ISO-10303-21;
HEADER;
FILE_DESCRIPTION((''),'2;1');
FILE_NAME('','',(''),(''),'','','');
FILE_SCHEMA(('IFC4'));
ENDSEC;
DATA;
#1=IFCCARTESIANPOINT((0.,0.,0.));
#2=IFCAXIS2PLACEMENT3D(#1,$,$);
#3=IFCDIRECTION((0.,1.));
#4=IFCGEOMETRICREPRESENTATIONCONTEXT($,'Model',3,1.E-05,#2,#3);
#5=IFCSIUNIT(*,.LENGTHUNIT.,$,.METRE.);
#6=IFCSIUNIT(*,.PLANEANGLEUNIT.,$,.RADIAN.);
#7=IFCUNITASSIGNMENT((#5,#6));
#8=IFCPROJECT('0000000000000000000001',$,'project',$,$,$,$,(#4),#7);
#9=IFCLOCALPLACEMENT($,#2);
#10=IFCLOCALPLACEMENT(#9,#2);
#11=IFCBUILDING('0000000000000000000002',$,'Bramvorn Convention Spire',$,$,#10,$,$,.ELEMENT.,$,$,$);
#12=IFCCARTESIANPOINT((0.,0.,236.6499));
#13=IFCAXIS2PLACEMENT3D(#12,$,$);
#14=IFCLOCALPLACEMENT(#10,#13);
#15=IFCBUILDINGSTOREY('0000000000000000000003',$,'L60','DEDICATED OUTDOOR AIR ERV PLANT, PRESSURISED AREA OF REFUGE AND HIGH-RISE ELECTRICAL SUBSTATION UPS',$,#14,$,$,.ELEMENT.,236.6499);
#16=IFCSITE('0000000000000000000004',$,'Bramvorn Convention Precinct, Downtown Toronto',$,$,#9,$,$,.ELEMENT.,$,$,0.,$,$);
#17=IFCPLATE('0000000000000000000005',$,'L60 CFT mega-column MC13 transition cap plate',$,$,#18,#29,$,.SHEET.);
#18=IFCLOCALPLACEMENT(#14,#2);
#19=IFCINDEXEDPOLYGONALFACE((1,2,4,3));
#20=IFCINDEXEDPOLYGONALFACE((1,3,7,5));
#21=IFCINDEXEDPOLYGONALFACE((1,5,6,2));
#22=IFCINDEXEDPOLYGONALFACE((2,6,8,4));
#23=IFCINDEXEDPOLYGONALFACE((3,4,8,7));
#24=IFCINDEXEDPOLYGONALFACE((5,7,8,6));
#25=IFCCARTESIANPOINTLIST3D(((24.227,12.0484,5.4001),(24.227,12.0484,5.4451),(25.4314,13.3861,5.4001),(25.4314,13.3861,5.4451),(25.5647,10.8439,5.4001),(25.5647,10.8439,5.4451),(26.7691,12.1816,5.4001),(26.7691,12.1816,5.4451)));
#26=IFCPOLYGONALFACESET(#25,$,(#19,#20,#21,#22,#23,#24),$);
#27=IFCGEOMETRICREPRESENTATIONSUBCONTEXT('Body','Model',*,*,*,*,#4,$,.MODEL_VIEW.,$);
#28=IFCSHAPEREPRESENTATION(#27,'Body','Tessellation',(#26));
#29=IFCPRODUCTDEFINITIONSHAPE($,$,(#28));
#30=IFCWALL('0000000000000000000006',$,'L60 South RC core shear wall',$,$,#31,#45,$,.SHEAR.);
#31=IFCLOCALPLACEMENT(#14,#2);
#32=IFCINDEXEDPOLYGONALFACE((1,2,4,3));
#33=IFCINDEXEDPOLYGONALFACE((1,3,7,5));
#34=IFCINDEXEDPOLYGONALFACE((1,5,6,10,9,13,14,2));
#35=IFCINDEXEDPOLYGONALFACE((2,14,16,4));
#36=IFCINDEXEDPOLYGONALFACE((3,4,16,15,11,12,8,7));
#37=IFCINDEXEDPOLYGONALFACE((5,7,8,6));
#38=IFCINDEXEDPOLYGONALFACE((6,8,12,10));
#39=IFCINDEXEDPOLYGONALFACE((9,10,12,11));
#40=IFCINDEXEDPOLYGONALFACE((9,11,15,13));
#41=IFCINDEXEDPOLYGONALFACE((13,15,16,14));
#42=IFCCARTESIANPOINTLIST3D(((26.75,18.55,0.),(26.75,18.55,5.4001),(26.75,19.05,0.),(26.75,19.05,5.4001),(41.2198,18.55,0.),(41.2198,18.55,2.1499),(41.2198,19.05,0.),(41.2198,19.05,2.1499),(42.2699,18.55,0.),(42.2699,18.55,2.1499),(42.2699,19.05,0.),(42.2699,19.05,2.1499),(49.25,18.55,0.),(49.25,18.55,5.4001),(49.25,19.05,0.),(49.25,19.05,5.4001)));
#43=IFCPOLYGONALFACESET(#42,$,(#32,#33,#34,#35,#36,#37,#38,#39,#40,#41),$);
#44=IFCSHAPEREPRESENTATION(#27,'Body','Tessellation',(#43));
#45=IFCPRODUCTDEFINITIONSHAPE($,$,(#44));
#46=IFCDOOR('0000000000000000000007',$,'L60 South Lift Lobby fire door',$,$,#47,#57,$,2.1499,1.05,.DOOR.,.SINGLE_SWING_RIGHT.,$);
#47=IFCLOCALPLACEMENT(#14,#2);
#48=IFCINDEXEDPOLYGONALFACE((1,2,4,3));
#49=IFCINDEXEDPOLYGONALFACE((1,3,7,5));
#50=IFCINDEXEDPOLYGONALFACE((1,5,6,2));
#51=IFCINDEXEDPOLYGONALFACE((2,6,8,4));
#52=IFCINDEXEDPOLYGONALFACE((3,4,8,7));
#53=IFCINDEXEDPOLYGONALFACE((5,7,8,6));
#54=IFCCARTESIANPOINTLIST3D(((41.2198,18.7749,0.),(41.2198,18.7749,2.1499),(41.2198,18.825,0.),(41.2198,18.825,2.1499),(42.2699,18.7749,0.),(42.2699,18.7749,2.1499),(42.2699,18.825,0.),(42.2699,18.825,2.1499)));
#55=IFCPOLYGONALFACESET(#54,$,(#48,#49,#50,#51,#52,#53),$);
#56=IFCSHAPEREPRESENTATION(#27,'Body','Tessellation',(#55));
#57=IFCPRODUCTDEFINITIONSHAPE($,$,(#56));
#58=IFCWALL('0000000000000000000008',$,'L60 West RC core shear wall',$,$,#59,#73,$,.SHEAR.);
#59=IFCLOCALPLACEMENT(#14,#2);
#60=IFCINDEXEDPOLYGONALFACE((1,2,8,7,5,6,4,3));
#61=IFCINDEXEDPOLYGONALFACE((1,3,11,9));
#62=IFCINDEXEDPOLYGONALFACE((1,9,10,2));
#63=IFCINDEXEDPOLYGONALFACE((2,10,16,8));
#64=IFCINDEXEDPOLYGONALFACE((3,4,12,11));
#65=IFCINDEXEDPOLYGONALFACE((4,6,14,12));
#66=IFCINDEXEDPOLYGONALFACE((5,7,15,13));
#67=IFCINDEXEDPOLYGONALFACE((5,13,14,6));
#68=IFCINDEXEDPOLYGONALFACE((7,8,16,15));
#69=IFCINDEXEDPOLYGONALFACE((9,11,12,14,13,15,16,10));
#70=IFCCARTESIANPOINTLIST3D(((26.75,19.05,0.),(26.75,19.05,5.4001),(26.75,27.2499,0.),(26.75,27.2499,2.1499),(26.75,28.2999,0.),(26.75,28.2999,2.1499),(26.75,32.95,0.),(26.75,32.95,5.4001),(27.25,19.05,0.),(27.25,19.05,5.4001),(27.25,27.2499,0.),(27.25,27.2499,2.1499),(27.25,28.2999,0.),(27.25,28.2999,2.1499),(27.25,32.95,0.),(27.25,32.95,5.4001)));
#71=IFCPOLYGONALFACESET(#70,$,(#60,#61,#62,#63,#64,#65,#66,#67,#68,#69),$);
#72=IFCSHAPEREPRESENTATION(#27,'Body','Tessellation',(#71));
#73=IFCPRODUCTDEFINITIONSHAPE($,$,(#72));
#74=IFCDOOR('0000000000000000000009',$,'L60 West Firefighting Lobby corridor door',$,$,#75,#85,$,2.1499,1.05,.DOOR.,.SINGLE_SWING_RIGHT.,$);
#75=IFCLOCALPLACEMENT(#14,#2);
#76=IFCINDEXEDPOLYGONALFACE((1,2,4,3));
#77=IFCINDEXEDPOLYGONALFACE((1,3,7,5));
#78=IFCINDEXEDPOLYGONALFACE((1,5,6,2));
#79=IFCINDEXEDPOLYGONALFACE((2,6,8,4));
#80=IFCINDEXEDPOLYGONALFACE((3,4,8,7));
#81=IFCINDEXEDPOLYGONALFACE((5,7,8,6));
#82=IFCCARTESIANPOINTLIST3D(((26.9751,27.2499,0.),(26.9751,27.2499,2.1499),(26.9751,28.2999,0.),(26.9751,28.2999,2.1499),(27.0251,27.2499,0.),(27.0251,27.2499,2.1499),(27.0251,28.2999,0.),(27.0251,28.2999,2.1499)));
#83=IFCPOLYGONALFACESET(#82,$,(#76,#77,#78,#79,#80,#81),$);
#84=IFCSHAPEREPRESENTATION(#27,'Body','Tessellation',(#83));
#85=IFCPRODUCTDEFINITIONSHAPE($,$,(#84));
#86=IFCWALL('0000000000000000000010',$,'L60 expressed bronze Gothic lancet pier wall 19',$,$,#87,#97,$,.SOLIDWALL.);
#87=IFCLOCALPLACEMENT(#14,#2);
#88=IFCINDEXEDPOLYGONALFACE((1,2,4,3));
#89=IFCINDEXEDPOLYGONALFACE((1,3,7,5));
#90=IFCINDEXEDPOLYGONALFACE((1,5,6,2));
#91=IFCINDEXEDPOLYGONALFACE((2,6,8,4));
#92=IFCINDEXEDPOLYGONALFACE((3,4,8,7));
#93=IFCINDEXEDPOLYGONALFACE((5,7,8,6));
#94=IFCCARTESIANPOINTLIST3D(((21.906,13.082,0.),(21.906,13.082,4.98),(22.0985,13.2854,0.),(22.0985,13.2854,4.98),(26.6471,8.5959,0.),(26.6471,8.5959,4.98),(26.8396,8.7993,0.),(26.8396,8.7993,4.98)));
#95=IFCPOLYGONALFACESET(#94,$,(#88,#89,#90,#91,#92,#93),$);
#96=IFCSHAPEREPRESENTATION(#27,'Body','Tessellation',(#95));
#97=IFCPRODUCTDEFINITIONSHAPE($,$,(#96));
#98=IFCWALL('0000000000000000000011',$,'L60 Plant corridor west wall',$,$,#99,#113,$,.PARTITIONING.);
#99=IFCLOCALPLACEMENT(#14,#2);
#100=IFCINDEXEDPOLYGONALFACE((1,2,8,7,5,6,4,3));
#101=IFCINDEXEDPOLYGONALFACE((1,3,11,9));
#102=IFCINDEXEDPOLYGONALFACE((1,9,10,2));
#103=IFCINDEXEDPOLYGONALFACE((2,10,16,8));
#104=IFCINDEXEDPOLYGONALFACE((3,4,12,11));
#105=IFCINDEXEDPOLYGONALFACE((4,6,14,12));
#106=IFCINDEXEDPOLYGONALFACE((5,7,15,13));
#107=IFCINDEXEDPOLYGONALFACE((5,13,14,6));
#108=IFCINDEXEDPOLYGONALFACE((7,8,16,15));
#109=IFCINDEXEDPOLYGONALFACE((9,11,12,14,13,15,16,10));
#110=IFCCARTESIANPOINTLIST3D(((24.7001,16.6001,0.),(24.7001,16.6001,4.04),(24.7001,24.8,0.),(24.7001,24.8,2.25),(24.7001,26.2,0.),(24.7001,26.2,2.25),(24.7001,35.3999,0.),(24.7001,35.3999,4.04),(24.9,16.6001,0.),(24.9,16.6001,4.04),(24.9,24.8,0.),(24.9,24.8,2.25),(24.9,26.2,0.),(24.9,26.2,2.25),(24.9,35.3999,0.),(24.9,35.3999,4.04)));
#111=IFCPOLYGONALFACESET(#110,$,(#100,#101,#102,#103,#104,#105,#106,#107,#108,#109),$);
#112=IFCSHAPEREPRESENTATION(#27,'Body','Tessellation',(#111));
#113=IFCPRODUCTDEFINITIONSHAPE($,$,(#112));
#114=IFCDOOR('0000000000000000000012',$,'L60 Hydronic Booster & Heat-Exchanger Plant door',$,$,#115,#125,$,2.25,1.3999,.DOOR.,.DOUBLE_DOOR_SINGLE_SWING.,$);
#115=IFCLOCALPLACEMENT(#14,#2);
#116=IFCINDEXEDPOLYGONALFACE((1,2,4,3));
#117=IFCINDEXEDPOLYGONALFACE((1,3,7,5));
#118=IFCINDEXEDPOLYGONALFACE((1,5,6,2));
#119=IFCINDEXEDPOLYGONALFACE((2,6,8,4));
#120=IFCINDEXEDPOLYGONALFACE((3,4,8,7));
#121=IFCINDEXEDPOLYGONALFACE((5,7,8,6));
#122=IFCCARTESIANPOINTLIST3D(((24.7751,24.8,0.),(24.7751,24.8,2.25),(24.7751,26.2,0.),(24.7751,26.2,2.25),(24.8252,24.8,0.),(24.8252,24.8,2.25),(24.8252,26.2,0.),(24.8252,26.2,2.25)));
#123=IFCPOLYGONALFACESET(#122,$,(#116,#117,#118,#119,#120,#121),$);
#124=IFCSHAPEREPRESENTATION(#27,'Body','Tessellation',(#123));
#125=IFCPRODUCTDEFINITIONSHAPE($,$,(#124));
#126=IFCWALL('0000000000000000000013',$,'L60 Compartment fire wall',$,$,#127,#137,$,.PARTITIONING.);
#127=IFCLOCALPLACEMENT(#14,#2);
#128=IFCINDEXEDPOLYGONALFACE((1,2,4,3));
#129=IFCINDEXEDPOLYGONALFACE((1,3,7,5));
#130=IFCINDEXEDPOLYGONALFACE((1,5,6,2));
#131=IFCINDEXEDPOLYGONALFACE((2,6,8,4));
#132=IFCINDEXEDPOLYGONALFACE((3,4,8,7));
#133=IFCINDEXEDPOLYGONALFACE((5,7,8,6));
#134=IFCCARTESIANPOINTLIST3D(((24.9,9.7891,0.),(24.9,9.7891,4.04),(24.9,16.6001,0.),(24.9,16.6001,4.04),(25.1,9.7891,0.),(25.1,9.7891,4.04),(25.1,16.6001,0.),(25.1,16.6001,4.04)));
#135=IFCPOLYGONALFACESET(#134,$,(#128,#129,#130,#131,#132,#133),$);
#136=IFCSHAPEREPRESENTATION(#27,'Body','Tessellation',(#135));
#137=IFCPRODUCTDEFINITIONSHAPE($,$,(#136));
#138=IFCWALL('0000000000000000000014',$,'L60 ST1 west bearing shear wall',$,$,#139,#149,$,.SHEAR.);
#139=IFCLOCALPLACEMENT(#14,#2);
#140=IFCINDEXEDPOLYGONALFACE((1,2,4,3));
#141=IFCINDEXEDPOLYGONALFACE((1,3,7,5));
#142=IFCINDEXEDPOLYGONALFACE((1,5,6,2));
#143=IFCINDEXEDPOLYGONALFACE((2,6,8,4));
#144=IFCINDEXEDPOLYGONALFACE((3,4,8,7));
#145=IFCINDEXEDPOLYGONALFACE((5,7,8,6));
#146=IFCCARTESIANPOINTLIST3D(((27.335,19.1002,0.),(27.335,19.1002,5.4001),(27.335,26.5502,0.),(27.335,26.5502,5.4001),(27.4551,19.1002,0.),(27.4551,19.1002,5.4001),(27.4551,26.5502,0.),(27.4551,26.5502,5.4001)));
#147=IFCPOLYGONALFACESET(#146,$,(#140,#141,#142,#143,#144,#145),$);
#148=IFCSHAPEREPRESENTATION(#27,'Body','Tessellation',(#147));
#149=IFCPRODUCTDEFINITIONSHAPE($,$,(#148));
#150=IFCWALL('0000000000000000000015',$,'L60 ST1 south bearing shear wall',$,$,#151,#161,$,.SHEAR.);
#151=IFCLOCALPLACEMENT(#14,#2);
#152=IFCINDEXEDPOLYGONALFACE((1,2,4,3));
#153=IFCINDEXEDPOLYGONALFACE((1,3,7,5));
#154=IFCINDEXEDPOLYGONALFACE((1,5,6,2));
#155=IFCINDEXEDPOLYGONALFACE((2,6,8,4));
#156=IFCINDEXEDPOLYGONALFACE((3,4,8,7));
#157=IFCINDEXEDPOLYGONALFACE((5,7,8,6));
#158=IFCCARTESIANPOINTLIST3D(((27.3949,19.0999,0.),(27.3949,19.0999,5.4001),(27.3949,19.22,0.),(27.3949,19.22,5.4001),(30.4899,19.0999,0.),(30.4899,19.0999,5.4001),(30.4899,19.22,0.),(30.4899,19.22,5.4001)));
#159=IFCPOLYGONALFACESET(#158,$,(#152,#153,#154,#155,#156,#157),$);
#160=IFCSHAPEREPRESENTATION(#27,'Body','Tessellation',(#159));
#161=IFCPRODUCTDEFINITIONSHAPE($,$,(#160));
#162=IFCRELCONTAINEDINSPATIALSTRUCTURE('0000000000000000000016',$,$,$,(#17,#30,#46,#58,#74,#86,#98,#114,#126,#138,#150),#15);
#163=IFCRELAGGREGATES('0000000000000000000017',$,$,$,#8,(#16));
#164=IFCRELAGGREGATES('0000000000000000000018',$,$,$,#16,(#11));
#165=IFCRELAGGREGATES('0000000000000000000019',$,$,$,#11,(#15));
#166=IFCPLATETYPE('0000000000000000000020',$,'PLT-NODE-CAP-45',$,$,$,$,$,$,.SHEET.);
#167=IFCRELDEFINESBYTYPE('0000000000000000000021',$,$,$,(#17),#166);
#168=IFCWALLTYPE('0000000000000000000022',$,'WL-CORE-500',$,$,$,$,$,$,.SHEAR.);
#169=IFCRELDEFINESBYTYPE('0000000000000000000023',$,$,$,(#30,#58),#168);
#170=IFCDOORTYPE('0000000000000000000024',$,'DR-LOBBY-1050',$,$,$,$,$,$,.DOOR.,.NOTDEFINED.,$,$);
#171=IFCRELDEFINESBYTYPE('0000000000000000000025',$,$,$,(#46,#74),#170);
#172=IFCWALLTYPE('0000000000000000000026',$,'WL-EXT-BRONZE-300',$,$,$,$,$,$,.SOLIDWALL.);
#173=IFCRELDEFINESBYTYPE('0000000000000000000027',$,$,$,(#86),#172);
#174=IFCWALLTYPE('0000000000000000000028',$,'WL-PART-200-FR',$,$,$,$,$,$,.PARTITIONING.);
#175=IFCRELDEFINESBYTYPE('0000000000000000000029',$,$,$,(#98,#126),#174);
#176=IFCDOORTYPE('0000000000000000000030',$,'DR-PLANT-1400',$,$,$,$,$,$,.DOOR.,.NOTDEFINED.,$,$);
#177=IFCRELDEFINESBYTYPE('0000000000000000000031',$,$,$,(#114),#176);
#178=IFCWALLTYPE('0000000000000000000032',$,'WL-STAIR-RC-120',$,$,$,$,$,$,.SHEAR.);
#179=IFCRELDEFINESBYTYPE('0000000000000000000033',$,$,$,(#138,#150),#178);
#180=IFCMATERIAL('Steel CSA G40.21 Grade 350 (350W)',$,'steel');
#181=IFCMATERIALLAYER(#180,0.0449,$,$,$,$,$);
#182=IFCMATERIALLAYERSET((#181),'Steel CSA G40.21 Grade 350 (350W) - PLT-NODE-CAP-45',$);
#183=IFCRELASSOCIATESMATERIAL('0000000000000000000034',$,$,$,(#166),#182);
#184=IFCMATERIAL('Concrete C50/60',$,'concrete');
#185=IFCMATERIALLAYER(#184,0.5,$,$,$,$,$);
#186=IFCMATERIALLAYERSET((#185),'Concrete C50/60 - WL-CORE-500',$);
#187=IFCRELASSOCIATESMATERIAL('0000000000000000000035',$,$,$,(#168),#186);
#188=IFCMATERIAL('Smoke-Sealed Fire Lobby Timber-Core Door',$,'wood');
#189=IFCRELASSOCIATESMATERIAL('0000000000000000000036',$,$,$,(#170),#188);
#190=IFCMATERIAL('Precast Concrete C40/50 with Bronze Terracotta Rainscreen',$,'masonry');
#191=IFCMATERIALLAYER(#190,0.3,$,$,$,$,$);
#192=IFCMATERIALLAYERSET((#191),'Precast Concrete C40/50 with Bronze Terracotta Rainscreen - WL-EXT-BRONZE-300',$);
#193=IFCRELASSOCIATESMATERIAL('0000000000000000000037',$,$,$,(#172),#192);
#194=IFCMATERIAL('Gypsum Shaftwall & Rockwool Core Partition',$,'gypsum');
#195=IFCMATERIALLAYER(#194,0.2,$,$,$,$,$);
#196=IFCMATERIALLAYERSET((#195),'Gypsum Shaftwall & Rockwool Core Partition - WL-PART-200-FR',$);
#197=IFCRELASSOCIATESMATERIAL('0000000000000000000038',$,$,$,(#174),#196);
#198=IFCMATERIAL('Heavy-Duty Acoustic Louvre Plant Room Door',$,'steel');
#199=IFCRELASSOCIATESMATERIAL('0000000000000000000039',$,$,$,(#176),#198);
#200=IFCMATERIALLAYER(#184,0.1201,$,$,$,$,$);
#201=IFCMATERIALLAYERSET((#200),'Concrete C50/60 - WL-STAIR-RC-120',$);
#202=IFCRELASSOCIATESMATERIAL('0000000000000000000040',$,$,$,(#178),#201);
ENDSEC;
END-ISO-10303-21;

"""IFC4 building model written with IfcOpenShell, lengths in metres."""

from ifc_helpers import new_model, si_unit, direction, frame, frame_2d, origin, origin_2d, place, context, subcontext, project, spatial, rectangle, extrude, material, layer, layer_set, type_object, element, fill, save


model = new_model("IFC4")

# Units and contexts
model_context = context("Model", 3, precision=1e-05, world=origin(), true_north=direction((0.0, 1.0)))
body_context = subcontext(model_context, "Body", "Model", "MODEL_VIEW")
ifc_project = project(units=[si_unit("LENGTHUNIT", "METRE"), si_unit("PLANEANGLEUNIT", "RADIAN")], contexts=[model_context])

# Site, building, storey
site_placement = place(None, origin())
site = spatial("IfcSite", under=ifc_project, at=site_placement, Name="Bramvorn Convention Precinct, Downtown Toronto", CompositionType="ELEMENT", RefElevation=0.0)
building_placement = place(site_placement, origin())
building = spatial("IfcBuilding", under=site, at=building_placement, Name="Bramvorn Convention Spire", CompositionType="ELEMENT")
storey_placement = place(building_placement, frame((0.0, 0.0, 236.6499)))
storey = spatial("IfcBuildingStorey", under=building, at=storey_placement, Name="L60", Description="DEDICATED OUTDOOR AIR ERV PLANT, PRESSURISED AREA OF REFUGE AND HIGH-RISE ELECTRICAL SUBSTATION UPS", CompositionType="ELEMENT", Elevation=236.6499)

# Shared definitions
ifc_material_1 = material(Name="Steel CSA G40.21 Grade 350 (350W)", Category="steel")

# Plate
ifc_layer_1 = layer(ifc_material_1, 0.0449)
ifc_layer_set_1 = layer_set([ifc_layer_1], Name="Steel CSA G40.21 Grade 350 (350W) - PLT-NODE-CAP-45")
plate_type = type_object("IfcPlateType", Name="PLT-NODE-CAP-45", PredefinedType="SHEET", material=ifc_layer_set_1)
plate_placement = place(storey_placement, frame((25.498, 12.115, 5.4001), z_axis=(0.0, 0.0, 1.0), x_axis=(-0.66913, -0.743145, 0.0)))
element("IfcPlate", 1, at=plate_placement, inside=storey, type_object=plate_type, Name="L60 CFT mega-column MC13 transition cap plate", PredefinedType="SHEET", context=body_context, shape_type="SweptSolid", body=[
    extrude(rectangle(XDim=1.8, YDim=1.8, at=origin_2d()), origin(), (0.0, 0.0, 1.0), 0.0449),
])

# Walls, openings, doors
ifc_material_2 = material(Name="Concrete C50/60", Category="concrete")
ifc_layer_2 = layer(ifc_material_2, 0.5)
ifc_layer_set_2 = layer_set([ifc_layer_2], Name="Concrete C50/60 - WL-CORE-500")
wall_type_1 = type_object("IfcWallType", Name="WL-CORE-500", PredefinedType="SHEAR", material=ifc_layer_set_2)
wall_1_placement = place(storey_placement, frame((26.75, 18.8, 0.0), z_axis=(0.0, 0.0, 1.0), x_axis=(1.0, 0.0, 0.0)))
wall_1 = element("IfcWall", 2, at=wall_1_placement, inside=storey, type_object=wall_type_1, Name="L60 South RC core shear wall", PredefinedType="SHEAR", context=body_context, shape_type="SweptSolid", body=[
    extrude(rectangle(XDim=22.5, YDim=0.5, at=frame_2d((11.25, 0.0))), origin(), (0.0, 0.0, 1.0), 5.4001),
])
opening_1_placement = place(wall_1_placement, frame((14.47, 0.0, 0.0)))
opening_1 = element("IfcOpeningElement", 3, at=opening_1_placement, cuts=wall_1, PredefinedType="OPENING", context=body_context, shape_type="SweptSolid", body=[
    extrude(rectangle(XDim=1.05, YDim=2.1499, at=frame_2d((0.5249, 1.075))), frame((0.0, 0.26, 0.0), z_axis=(0.0, -1.0, 0.0), x_axis=(1.0, 0.0, 0.0)), (0.0, 0.0, 1.0), 0.52),
])
ifc_material_3 = material(Name="Smoke-Sealed Fire Lobby Timber-Core Door", Category="wood")
door_type_1 = type_object("IfcDoorType", Name="DR-LOBBY-1050", OperationType="NOTDEFINED", PredefinedType="DOOR", material=ifc_material_3)
door_1_placement = place(opening_1_placement, origin())
door_1 = element("IfcDoor", 4, at=door_1_placement, inside=storey, type_object=door_type_1, Name="L60 South Lift Lobby fire door", OperationType="SINGLE_SWING_RIGHT", OverallHeight=2.1499, OverallWidth=1.05, PredefinedType="DOOR", context=body_context, shape_type="SweptSolid", body=[
    extrude(rectangle(XDim=1.05, YDim=2.1499, at=frame_2d((0.5249, 1.075))), frame((0.0, 0.0249, 0.0), z_axis=(0.0, -1.0, 0.0), x_axis=(1.0, 0.0, 0.0)), (0.0, 0.0, 1.0), 0.05),
])
fill(opening_1, door_1)
wall_2_placement = place(storey_placement, frame((27.0, 19.05, 0.0), z_axis=(0.0, 0.0, 1.0), x_axis=(0.0, 1.0, 0.0)))
wall_2 = element("IfcWall", 5, at=wall_2_placement, inside=storey, type_object=wall_type_1, Name="L60 West RC core shear wall", PredefinedType="SHEAR", context=body_context, shape_type="SweptSolid", body=[
    extrude(rectangle(XDim=13.8999, YDim=0.5, at=frame_2d((6.95, 0.0))), origin(), (0.0, 0.0, 1.0), 5.4001),
])
opening_2_placement = place(wall_2_placement, frame((8.2, 0.0, 0.0)))
opening_2 = element("IfcOpeningElement", 6, at=opening_2_placement, cuts=wall_2, PredefinedType="OPENING", context=body_context, shape_type="SweptSolid", body=[
    extrude(rectangle(XDim=1.05, YDim=2.1499, at=frame_2d((0.5249, 1.075))), frame((0.0, 0.26, 0.0), z_axis=(0.0, -1.0, 0.0), x_axis=(1.0, 0.0, 0.0)), (0.0, 0.0, 1.0), 0.52),
])
door_2_placement = place(opening_2_placement, origin())
door_2 = element("IfcDoor", 7, at=door_2_placement, inside=storey, type_object=door_type_1, Name="L60 West Firefighting Lobby corridor door", OperationType="SINGLE_SWING_RIGHT", OverallHeight=2.1499, OverallWidth=1.05, PredefinedType="DOOR", context=body_context, shape_type="SweptSolid", body=[
    extrude(rectangle(XDim=1.05, YDim=2.1499, at=frame_2d((0.5249, 1.075))), frame((0.0, 0.0249, 0.0), z_axis=(0.0, -1.0, 0.0), x_axis=(1.0, 0.0, 0.0)), (0.0, 0.0, 1.0), 0.05),
])
fill(opening_2, door_2)

# Wall
ifc_material_4 = material(Name="Precast Concrete C40/50 with Bronze Terracotta Rainscreen", Category="masonry")
ifc_layer_3 = layer(ifc_material_4, 0.3)
ifc_layer_set_3 = layer_set([ifc_layer_3], Name="Precast Concrete C40/50 with Bronze Terracotta Rainscreen - WL-EXT-BRONZE-300")
wall_type_2 = type_object("IfcWallType", Name="WL-EXT-BRONZE-300", PredefinedType="SOLIDWALL", material=ifc_layer_set_3)
wall_3_placement = place(storey_placement, frame((26.7434, 8.6975, 0.0), z_axis=(0.0, 0.0, 1.0), x_axis=(-0.726362, 0.687312, 0.0)))
element("IfcWall", 8, at=wall_3_placement, inside=storey, type_object=wall_type_2, Name="L60 expressed bronze Gothic lancet pier wall 19", PredefinedType="SOLIDWALL", context=body_context, shape_type="SweptSolid", body=[
    extrude(rectangle(XDim=6.5271, YDim=0.28, at=frame_2d((3.2637, 0.0))), origin(), (0.0, 0.0, 1.0), 4.98),
])

# Wall, opening, door
ifc_material_5 = material(Name="Gypsum Shaftwall & Rockwool Core Partition", Category="gypsum")
ifc_layer_4 = layer(ifc_material_5, 0.2)
ifc_layer_set_4 = layer_set([ifc_layer_4], Name="Gypsum Shaftwall & Rockwool Core Partition - WL-PART-200-FR")
wall_type_3 = type_object("IfcWallType", Name="WL-PART-200-FR", PredefinedType="PARTITIONING", material=ifc_layer_set_4)
wall_4_placement = place(storey_placement, frame((24.8, 16.6001, 0.0), z_axis=(0.0, 0.0, 1.0), x_axis=(0.0, 1.0, 0.0)))
wall_4 = element("IfcWall", 9, at=wall_4_placement, inside=storey, type_object=wall_type_3, Name="L60 Plant corridor west wall", PredefinedType="PARTITIONING", context=body_context, shape_type="SweptSolid", body=[
    extrude(rectangle(XDim=18.7998, YDim=0.2, at=frame_2d((9.3999, 0.0))), origin(), (0.0, 0.0, 1.0), 4.04),
])
opening_3_placement = place(wall_4_placement, frame((8.2, 0.0, 0.0)))
opening_3 = element("IfcOpeningElement", 10, at=opening_3_placement, cuts=wall_4, PredefinedType="OPENING", context=body_context, shape_type="SweptSolid", body=[
    extrude(rectangle(XDim=1.3999, YDim=2.25, at=frame_2d((0.7, 1.125))), frame((0.0, 0.1099, 0.0), z_axis=(0.0, -1.0, 0.0), x_axis=(1.0, 0.0, 0.0)), (0.0, 0.0, 1.0), 0.22),
])
ifc_material_6 = material(Name="Heavy-Duty Acoustic Louvre Plant Room Door", Category="steel")
door_type_2 = type_object("IfcDoorType", Name="DR-PLANT-1400", OperationType="NOTDEFINED", PredefinedType="DOOR", material=ifc_material_6)
door_3_placement = place(opening_3_placement, origin())
door_3 = element("IfcDoor", 11, at=door_3_placement, inside=storey, type_object=door_type_2, Name="L60 Hydronic Booster & Heat-Exchanger Plant door", OperationType="DOUBLE_DOOR_SINGLE_SWING", OverallHeight=2.25, OverallWidth=1.3999, PredefinedType="DOOR", context=body_context, shape_type="SweptSolid", body=[
    extrude(rectangle(XDim=1.3999, YDim=2.25, at=frame_2d((0.7, 1.125))), frame((0.0, 0.0249, 0.0), z_axis=(0.0, -1.0, 0.0), x_axis=(1.0, 0.0, 0.0)), (0.0, 0.0, 1.0), 0.05),
])
fill(opening_3, door_3)

# Walls
wall_5_placement = place(storey_placement, frame((25.0, 9.7891, 0.0), z_axis=(0.0, 0.0, 1.0), x_axis=(0.0, 1.0, 0.0)))
element("IfcWall", 12, at=wall_5_placement, inside=storey, type_object=wall_type_3, Name="L60 Compartment fire wall", PredefinedType="PARTITIONING", context=body_context, shape_type="SweptSolid", body=[
    extrude(rectangle(XDim=6.811, YDim=0.2, at=frame_2d((3.4055, 0.0))), origin(), (0.0, 0.0, 1.0), 4.04),
])
ifc_layer_5 = layer(ifc_material_2, 0.1201)
ifc_layer_set_5 = layer_set([ifc_layer_5], Name="Concrete C50/60 - WL-STAIR-RC-120")
wall_type_4 = type_object("IfcWallType", Name="WL-STAIR-RC-120", PredefinedType="SHEAR", material=ifc_layer_set_5)
wall_6_placement = place(storey_placement, frame((27.395, 19.1001, 0.0), z_axis=(0.0, 0.0, 1.0), x_axis=(0.0, 1.0, 0.0)))
element("IfcWall", 13, at=wall_6_placement, inside=storey, type_object=wall_type_4, Name="L60 ST1 west bearing shear wall", PredefinedType="SHEAR", context=body_context, shape_type="SweptSolid", body=[
    extrude(rectangle(XDim=7.45, YDim=0.1201, at=frame_2d((3.7251, 0.0))), origin(), (0.0, 0.0, 1.0), 5.4001),
])
wall_7_placement = place(storey_placement, frame((27.395, 19.1599, 0.0), z_axis=(0.0, 0.0, 1.0), x_axis=(1.0, 0.0, 0.0)))
element("IfcWall", 14, at=wall_7_placement, inside=storey, type_object=wall_type_4, Name="L60 ST1 south bearing shear wall", PredefinedType="SHEAR", context=body_context, shape_type="SweptSolid", body=[
    extrude(rectangle(XDim=3.095, YDim=0.1201, at=frame_2d((1.5474, 0.0))), origin(), (0.0, 0.0, 1.0), 5.4001),
])

save(model, "model.ifc")
